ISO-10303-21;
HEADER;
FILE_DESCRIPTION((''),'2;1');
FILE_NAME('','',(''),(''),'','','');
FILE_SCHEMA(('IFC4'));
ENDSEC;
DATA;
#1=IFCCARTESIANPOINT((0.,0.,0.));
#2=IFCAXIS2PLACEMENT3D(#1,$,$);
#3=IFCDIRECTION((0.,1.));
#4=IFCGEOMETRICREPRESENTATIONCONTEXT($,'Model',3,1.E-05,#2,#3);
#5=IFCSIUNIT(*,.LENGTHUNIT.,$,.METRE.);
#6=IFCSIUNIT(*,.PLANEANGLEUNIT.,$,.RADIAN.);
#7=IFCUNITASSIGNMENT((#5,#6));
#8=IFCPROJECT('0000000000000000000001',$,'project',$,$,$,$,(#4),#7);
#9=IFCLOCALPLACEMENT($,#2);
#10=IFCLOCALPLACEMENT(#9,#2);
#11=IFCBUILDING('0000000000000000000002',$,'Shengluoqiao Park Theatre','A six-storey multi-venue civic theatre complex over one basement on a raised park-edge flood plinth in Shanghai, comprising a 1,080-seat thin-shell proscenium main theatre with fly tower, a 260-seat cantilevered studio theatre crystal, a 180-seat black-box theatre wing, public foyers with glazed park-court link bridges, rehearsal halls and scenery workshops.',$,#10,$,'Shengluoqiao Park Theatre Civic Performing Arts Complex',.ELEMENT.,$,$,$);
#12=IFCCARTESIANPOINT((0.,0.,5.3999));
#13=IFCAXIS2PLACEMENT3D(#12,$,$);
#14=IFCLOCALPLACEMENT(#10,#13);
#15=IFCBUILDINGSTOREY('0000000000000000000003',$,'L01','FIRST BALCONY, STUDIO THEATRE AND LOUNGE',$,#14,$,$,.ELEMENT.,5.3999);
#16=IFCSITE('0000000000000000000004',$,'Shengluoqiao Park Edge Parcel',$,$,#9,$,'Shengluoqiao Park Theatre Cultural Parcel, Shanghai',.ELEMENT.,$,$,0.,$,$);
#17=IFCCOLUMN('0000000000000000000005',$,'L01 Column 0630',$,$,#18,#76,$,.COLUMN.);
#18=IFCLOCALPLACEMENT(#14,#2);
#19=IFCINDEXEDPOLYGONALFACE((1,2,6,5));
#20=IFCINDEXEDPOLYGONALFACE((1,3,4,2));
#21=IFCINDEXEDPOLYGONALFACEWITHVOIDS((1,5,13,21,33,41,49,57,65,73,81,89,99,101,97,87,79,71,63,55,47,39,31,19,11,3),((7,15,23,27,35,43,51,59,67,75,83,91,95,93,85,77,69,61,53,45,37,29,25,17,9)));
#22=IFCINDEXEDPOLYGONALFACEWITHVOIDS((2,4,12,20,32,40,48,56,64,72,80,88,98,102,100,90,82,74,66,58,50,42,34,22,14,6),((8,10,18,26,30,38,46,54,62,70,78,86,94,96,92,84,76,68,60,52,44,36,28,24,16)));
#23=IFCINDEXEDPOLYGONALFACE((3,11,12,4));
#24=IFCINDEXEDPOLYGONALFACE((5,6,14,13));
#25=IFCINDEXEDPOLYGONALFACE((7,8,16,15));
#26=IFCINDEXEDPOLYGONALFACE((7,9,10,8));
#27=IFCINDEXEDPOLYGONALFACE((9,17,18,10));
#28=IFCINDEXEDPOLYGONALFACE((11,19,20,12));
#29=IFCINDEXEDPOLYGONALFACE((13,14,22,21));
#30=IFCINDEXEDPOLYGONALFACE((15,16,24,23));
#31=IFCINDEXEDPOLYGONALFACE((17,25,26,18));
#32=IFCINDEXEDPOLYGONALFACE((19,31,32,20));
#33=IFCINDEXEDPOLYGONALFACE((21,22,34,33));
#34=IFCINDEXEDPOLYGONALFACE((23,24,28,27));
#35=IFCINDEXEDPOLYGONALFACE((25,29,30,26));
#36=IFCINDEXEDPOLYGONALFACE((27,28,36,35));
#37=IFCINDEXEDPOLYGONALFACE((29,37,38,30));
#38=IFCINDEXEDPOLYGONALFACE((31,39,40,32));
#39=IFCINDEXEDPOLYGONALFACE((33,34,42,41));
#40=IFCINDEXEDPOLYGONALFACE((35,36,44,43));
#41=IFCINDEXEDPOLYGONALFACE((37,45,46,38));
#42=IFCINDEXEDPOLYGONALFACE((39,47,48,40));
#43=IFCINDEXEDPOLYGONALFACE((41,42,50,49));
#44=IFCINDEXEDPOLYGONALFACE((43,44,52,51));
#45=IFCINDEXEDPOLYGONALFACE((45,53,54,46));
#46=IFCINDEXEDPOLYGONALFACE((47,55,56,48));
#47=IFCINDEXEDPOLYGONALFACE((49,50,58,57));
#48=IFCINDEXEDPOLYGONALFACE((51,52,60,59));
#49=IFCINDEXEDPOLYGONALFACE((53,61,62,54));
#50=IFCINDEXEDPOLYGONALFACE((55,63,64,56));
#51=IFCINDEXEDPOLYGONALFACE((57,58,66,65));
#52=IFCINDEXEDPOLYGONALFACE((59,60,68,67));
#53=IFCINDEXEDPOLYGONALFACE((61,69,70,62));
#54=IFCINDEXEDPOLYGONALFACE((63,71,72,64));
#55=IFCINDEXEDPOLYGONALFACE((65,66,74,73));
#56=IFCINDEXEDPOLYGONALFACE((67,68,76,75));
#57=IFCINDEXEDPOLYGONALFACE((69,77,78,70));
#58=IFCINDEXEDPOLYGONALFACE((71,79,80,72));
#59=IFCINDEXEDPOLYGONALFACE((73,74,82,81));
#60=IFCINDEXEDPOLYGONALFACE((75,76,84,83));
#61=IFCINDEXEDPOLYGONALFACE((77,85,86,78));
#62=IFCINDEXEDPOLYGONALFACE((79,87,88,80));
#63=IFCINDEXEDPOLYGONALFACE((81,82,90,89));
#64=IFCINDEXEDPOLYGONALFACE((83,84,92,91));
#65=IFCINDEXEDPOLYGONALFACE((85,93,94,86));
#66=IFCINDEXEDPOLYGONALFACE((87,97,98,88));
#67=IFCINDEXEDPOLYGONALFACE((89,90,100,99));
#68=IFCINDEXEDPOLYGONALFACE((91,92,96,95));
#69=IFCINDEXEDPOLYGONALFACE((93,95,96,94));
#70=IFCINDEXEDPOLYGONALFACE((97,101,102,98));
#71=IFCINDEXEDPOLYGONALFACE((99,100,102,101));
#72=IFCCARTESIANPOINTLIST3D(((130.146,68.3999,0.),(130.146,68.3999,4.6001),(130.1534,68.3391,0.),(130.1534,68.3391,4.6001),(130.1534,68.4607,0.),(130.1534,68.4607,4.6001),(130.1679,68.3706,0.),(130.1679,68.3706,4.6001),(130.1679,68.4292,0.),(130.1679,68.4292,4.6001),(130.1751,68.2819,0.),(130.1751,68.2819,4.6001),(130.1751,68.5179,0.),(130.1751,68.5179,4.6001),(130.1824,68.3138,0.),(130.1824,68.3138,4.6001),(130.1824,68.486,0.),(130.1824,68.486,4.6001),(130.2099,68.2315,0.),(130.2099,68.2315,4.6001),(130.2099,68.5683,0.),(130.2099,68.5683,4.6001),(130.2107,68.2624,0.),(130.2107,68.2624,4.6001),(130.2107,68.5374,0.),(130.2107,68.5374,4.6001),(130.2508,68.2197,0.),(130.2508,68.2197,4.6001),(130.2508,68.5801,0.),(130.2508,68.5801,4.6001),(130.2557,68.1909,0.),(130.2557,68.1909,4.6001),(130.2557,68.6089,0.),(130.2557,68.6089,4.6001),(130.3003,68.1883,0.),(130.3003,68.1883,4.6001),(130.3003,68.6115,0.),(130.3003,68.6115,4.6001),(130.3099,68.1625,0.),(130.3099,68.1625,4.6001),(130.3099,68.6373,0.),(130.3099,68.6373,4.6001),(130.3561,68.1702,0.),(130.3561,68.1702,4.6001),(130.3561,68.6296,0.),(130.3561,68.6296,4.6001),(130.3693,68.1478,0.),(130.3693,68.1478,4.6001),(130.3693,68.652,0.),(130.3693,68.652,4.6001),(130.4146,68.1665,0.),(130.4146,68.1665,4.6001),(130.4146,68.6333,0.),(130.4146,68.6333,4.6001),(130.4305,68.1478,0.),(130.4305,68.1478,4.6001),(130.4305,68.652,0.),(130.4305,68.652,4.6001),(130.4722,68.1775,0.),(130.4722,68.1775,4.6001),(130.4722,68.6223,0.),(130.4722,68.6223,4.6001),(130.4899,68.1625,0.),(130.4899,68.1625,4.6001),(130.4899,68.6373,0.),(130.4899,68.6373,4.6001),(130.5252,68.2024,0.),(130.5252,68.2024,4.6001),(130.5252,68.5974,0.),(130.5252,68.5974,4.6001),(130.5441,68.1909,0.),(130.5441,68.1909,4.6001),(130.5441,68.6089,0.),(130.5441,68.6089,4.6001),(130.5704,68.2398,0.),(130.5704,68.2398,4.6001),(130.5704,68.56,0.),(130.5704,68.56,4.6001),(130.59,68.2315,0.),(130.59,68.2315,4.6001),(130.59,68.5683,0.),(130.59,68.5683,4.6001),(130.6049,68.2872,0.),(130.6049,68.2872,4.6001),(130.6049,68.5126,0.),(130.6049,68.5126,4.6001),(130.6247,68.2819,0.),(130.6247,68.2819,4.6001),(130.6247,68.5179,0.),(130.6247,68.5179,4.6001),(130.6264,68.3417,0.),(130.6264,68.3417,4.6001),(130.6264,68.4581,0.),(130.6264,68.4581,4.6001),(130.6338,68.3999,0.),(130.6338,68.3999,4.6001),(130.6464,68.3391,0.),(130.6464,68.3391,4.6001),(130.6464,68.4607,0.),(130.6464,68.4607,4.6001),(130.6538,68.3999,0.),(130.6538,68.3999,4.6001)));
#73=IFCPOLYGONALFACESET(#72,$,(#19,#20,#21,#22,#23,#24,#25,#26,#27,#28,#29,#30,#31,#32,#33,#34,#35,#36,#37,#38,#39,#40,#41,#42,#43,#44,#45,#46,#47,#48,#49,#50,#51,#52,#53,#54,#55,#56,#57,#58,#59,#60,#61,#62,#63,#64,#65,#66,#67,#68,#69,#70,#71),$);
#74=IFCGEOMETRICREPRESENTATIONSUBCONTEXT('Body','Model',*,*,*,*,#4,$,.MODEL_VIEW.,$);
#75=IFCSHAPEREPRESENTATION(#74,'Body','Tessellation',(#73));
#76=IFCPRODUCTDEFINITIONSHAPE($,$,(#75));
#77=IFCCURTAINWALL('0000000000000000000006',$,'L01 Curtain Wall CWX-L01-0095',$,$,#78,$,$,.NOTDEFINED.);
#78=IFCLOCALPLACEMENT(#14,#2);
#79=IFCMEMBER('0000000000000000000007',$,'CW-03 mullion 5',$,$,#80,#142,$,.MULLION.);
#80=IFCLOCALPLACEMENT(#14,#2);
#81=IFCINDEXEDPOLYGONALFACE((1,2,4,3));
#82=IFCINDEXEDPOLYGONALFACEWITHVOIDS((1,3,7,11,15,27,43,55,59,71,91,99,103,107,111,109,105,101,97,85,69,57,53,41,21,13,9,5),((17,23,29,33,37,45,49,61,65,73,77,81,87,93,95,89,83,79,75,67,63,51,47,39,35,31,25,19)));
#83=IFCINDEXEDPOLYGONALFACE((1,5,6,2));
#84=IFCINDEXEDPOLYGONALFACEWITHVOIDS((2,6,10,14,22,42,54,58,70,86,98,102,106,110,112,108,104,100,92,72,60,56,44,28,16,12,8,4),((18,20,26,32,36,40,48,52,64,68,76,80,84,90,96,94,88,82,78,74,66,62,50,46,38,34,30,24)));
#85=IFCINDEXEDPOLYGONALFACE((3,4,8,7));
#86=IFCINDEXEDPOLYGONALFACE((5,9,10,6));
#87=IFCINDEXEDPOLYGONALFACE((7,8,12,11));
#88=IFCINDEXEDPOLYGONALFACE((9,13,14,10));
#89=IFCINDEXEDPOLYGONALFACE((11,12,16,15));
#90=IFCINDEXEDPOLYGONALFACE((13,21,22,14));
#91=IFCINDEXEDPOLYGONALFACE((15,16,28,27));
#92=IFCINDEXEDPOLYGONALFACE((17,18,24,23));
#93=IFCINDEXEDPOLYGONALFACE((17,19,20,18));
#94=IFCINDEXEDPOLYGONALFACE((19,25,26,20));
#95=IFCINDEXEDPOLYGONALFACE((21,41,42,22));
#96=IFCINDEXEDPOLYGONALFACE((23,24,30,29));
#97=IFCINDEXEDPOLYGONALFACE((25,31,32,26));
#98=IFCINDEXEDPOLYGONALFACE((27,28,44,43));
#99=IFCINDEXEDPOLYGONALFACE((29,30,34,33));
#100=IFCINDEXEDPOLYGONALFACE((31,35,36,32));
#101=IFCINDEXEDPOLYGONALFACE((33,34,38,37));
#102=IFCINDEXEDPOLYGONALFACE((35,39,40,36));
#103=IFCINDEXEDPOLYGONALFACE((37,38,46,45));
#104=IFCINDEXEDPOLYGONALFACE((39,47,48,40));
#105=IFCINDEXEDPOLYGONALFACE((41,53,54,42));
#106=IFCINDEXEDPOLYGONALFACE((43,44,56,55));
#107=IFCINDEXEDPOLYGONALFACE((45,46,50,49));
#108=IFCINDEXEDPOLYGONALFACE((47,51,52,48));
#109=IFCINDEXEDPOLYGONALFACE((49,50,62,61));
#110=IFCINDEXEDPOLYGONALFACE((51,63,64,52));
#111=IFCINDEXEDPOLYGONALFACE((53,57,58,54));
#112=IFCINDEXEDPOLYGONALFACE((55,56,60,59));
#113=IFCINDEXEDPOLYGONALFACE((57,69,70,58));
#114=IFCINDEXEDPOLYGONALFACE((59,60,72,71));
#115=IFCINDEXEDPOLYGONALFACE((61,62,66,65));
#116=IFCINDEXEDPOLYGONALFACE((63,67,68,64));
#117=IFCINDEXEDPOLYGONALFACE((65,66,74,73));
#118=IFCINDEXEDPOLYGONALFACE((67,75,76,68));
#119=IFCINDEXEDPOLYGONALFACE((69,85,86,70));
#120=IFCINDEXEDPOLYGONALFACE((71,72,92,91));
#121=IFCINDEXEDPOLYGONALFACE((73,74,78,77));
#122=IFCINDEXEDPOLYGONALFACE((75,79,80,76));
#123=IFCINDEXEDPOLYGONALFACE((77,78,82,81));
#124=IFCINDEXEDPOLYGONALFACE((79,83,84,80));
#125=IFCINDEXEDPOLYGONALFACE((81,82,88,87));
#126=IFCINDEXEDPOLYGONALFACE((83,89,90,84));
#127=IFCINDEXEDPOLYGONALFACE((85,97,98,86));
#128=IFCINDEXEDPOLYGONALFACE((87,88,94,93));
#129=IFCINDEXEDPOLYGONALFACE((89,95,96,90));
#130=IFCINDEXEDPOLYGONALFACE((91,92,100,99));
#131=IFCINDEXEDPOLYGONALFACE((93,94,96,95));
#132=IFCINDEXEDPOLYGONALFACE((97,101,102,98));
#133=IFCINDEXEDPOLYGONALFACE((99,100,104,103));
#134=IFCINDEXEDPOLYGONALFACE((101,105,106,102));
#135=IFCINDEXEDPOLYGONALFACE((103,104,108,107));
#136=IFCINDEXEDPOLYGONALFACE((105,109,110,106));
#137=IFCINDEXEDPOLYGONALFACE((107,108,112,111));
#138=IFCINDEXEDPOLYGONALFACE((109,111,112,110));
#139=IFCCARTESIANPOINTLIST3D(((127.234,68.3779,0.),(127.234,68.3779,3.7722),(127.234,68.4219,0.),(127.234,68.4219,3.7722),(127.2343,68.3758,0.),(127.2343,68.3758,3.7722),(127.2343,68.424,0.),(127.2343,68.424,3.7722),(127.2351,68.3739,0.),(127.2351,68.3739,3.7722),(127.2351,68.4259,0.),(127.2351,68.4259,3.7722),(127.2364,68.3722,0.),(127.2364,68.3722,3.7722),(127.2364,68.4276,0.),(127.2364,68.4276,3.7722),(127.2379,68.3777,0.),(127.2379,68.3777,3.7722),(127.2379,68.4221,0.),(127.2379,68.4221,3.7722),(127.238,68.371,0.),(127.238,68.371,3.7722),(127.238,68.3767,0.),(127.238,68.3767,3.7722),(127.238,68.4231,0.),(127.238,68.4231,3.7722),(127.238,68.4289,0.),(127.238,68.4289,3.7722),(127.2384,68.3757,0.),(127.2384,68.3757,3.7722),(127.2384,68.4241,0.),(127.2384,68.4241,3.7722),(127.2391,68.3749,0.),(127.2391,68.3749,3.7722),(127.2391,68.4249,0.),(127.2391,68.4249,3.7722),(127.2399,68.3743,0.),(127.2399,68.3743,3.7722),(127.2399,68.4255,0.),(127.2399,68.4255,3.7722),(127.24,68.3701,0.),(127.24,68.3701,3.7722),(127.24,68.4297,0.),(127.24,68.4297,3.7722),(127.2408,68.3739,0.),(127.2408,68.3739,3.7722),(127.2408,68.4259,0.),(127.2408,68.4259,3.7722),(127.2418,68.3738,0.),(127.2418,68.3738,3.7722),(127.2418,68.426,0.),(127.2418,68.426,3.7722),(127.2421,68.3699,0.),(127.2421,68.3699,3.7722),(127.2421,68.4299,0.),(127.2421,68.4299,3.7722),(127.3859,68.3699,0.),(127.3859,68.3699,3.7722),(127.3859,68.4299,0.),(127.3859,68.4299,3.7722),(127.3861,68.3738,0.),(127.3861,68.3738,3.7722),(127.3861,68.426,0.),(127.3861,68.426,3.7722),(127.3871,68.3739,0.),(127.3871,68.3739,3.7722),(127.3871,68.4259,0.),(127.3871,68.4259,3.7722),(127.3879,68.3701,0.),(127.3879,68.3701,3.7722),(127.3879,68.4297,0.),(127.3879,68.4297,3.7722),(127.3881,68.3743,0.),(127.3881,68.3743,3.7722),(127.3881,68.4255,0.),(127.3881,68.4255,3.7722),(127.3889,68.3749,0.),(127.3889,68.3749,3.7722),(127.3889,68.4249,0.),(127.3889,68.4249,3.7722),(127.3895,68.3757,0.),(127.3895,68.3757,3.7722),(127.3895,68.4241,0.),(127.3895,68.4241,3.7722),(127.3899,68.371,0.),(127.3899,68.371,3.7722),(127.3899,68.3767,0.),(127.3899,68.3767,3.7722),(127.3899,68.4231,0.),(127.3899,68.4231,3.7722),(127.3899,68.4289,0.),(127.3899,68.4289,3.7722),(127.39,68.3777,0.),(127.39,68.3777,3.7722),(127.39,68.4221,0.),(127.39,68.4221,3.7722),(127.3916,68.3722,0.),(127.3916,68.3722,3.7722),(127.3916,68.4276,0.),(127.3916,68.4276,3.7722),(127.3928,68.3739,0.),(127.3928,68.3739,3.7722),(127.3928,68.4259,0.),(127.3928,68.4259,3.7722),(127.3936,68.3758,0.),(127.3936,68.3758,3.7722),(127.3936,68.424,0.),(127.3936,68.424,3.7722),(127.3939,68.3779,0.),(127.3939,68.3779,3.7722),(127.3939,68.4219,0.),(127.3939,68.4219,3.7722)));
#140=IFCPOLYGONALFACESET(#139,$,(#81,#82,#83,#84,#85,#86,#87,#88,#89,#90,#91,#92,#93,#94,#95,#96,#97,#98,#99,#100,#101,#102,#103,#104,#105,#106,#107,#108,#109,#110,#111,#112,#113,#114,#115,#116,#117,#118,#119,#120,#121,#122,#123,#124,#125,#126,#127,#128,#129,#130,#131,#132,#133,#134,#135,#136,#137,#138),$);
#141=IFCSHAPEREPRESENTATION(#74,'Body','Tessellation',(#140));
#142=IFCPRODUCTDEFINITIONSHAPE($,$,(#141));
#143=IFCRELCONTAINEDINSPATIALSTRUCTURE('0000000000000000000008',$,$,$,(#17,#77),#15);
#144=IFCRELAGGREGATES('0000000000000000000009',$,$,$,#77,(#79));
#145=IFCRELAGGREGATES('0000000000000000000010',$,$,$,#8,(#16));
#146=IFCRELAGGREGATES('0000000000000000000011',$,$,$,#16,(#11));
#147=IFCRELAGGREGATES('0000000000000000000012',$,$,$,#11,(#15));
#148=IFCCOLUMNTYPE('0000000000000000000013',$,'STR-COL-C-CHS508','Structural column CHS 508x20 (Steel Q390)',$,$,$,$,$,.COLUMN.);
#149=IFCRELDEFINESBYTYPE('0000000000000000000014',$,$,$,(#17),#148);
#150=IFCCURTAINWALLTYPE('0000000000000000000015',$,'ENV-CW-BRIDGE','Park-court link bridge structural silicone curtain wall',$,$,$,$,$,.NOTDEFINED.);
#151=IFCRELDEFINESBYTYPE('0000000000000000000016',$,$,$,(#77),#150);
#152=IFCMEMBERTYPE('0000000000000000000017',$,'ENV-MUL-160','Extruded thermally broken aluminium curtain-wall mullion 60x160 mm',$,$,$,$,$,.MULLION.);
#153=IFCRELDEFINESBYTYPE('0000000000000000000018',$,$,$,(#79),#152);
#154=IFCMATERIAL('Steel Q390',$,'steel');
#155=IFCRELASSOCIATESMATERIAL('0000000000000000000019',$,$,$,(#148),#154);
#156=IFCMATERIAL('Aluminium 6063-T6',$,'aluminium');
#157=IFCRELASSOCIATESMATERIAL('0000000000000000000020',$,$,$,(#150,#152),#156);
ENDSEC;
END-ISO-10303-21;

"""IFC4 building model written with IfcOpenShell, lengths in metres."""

from ifc_helpers import new_model, si_unit, direction, frame, origin, origin_2d, place, context, subcontext, project, spatial, hollow_rectangle, hollow_circle, extrude, material, material_profile, profile_set, type_object, element, aggregate, save


model = new_model("IFC4")

# Units and contexts
model_context = context("Model", 3, precision=1e-05, world=origin(), true_north=direction((0.0, 1.0)))
body_context = subcontext(model_context, "Body", "Model", "MODEL_VIEW")
ifc_project = project(units=[si_unit("LENGTHUNIT", "METRE"), si_unit("PLANEANGLEUNIT", "RADIAN")], contexts=[model_context])

# Site, building, storey
site_placement = place(None, origin())
site = spatial("IfcSite", under=ifc_project, at=site_placement, Name="Shengluoqiao Park Edge Parcel", LongName="Shengluoqiao Park Theatre Cultural Parcel, Shanghai", CompositionType="ELEMENT", RefElevation=0.0)
building_placement = place(site_placement, origin())
building = spatial("IfcBuilding", under=site, at=building_placement, Name="Shengluoqiao Park Theatre", Description="A six-storey multi-venue civic theatre complex over one basement on a raised park-edge flood plinth in Shanghai, comprising a 1,080-seat thin-shell proscenium main theatre with fly tower, a 260-seat cantilevered studio theatre crystal, a 180-seat black-box theatre wing, public foyers with glazed park-court link bridges, rehearsal halls and scenery workshops.", LongName="Shengluoqiao Park Theatre Civic Performing Arts Complex", CompositionType="ELEMENT")
storey_placement = place(building_placement, frame((0.0, 0.0, 5.3999)))
storey = spatial("IfcBuildingStorey", under=building, at=storey_placement, Name="L01", Description="FIRST BALCONY, STUDIO THEATRE AND LOUNGE", CompositionType="ELEMENT", Elevation=5.3999)

# Column
ifc_material_1 = material(Name="Steel Q390", Category="steel")
ifc_material_profile_1 = material_profile(ifc_material_1, hollow_circle(Radius=0.2539, WallThickness=0.02, at=origin_2d()), Name="CHS 508x20")
ifc_profile_set_1 = profile_set([ifc_material_profile_1], Name="Steel Q390")
column_type = type_object("IfcColumnType", Name="STR-COL-C-CHS508", Description="Structural column CHS 508x20 (Steel Q390)", PredefinedType="COLUMN", material=ifc_profile_set_1)
column_placement = place(storey_placement, frame((130.3999, 68.3999, 0.0), z_axis=(0.0, 0.0, 1.0), x_axis=(1.0, 0.0, 0.0)))
element("IfcColumn", 1, at=column_placement, inside=storey, type_object=column_type, Name="L01 Column 0630", PredefinedType="COLUMN", context=body_context, shape_type="SweptSolid", body=[
    extrude(hollow_circle(Radius=0.2539, WallThickness=0.02, at=origin_2d()), origin(), (0.0, 0.0, 1.0), 4.6001),
])

# Curtain wall, member
ifc_material_2 = material(Name="Aluminium 6063-T6", Category="aluminium")
curtain_wall_type = type_object("IfcCurtainWallType", Name="ENV-CW-BRIDGE", Description="Park-court link bridge structural silicone curtain wall", PredefinedType="NOTDEFINED", material=ifc_material_2)
curtain_wall_1_placement = place(storey_placement, origin())
curtain_wall_1 = element("IfcCurtainWall", 2, at=curtain_wall_1_placement, inside=storey, type_object=curtain_wall_type, Name="L01 Curtain Wall CWX-L01-0095", PredefinedType="NOTDEFINED")
ifc_material_profile_2 = material_profile(ifc_material_2, hollow_rectangle(XDim=0.0601, YDim=0.1599, WallThickness=0.0039, InnerFilletRadius=0.0039, OuterFilletRadius=0.0081, at=origin_2d()), Name="ALU MULLION 160x60x4")
ifc_profile_set_2 = profile_set([ifc_material_profile_2], Name="Aluminium 6063-T6")
member_type_1 = type_object("IfcMemberType", Name="ENV-MUL-160", Description="Extruded thermally broken aluminium curtain-wall mullion 60x160 mm", PredefinedType="MULLION", material=ifc_profile_set_2)
member_1_placement = place(storey_placement, frame((127.314, 68.3999, 0.0), z_axis=(0.0, 0.0, 1.0), x_axis=(0.0, 1.0, 0.0)))
member_1 = element("IfcMember", 3, at=member_1_placement, type_object=member_type_1, Name="CW-03 mullion 5", PredefinedType="MULLION", context=body_context, shape_type="SweptSolid", body=[
    extrude(hollow_rectangle(XDim=0.0601, YDim=0.1599, WallThickness=0.0039, InnerFilletRadius=0.0039, OuterFilletRadius=0.0081, at=origin_2d()), origin(), (0.0, 0.0, 1.0), 3.7722),
])

aggregate(curtain_wall_1, [member_1])

save(model, "model.ifc")
